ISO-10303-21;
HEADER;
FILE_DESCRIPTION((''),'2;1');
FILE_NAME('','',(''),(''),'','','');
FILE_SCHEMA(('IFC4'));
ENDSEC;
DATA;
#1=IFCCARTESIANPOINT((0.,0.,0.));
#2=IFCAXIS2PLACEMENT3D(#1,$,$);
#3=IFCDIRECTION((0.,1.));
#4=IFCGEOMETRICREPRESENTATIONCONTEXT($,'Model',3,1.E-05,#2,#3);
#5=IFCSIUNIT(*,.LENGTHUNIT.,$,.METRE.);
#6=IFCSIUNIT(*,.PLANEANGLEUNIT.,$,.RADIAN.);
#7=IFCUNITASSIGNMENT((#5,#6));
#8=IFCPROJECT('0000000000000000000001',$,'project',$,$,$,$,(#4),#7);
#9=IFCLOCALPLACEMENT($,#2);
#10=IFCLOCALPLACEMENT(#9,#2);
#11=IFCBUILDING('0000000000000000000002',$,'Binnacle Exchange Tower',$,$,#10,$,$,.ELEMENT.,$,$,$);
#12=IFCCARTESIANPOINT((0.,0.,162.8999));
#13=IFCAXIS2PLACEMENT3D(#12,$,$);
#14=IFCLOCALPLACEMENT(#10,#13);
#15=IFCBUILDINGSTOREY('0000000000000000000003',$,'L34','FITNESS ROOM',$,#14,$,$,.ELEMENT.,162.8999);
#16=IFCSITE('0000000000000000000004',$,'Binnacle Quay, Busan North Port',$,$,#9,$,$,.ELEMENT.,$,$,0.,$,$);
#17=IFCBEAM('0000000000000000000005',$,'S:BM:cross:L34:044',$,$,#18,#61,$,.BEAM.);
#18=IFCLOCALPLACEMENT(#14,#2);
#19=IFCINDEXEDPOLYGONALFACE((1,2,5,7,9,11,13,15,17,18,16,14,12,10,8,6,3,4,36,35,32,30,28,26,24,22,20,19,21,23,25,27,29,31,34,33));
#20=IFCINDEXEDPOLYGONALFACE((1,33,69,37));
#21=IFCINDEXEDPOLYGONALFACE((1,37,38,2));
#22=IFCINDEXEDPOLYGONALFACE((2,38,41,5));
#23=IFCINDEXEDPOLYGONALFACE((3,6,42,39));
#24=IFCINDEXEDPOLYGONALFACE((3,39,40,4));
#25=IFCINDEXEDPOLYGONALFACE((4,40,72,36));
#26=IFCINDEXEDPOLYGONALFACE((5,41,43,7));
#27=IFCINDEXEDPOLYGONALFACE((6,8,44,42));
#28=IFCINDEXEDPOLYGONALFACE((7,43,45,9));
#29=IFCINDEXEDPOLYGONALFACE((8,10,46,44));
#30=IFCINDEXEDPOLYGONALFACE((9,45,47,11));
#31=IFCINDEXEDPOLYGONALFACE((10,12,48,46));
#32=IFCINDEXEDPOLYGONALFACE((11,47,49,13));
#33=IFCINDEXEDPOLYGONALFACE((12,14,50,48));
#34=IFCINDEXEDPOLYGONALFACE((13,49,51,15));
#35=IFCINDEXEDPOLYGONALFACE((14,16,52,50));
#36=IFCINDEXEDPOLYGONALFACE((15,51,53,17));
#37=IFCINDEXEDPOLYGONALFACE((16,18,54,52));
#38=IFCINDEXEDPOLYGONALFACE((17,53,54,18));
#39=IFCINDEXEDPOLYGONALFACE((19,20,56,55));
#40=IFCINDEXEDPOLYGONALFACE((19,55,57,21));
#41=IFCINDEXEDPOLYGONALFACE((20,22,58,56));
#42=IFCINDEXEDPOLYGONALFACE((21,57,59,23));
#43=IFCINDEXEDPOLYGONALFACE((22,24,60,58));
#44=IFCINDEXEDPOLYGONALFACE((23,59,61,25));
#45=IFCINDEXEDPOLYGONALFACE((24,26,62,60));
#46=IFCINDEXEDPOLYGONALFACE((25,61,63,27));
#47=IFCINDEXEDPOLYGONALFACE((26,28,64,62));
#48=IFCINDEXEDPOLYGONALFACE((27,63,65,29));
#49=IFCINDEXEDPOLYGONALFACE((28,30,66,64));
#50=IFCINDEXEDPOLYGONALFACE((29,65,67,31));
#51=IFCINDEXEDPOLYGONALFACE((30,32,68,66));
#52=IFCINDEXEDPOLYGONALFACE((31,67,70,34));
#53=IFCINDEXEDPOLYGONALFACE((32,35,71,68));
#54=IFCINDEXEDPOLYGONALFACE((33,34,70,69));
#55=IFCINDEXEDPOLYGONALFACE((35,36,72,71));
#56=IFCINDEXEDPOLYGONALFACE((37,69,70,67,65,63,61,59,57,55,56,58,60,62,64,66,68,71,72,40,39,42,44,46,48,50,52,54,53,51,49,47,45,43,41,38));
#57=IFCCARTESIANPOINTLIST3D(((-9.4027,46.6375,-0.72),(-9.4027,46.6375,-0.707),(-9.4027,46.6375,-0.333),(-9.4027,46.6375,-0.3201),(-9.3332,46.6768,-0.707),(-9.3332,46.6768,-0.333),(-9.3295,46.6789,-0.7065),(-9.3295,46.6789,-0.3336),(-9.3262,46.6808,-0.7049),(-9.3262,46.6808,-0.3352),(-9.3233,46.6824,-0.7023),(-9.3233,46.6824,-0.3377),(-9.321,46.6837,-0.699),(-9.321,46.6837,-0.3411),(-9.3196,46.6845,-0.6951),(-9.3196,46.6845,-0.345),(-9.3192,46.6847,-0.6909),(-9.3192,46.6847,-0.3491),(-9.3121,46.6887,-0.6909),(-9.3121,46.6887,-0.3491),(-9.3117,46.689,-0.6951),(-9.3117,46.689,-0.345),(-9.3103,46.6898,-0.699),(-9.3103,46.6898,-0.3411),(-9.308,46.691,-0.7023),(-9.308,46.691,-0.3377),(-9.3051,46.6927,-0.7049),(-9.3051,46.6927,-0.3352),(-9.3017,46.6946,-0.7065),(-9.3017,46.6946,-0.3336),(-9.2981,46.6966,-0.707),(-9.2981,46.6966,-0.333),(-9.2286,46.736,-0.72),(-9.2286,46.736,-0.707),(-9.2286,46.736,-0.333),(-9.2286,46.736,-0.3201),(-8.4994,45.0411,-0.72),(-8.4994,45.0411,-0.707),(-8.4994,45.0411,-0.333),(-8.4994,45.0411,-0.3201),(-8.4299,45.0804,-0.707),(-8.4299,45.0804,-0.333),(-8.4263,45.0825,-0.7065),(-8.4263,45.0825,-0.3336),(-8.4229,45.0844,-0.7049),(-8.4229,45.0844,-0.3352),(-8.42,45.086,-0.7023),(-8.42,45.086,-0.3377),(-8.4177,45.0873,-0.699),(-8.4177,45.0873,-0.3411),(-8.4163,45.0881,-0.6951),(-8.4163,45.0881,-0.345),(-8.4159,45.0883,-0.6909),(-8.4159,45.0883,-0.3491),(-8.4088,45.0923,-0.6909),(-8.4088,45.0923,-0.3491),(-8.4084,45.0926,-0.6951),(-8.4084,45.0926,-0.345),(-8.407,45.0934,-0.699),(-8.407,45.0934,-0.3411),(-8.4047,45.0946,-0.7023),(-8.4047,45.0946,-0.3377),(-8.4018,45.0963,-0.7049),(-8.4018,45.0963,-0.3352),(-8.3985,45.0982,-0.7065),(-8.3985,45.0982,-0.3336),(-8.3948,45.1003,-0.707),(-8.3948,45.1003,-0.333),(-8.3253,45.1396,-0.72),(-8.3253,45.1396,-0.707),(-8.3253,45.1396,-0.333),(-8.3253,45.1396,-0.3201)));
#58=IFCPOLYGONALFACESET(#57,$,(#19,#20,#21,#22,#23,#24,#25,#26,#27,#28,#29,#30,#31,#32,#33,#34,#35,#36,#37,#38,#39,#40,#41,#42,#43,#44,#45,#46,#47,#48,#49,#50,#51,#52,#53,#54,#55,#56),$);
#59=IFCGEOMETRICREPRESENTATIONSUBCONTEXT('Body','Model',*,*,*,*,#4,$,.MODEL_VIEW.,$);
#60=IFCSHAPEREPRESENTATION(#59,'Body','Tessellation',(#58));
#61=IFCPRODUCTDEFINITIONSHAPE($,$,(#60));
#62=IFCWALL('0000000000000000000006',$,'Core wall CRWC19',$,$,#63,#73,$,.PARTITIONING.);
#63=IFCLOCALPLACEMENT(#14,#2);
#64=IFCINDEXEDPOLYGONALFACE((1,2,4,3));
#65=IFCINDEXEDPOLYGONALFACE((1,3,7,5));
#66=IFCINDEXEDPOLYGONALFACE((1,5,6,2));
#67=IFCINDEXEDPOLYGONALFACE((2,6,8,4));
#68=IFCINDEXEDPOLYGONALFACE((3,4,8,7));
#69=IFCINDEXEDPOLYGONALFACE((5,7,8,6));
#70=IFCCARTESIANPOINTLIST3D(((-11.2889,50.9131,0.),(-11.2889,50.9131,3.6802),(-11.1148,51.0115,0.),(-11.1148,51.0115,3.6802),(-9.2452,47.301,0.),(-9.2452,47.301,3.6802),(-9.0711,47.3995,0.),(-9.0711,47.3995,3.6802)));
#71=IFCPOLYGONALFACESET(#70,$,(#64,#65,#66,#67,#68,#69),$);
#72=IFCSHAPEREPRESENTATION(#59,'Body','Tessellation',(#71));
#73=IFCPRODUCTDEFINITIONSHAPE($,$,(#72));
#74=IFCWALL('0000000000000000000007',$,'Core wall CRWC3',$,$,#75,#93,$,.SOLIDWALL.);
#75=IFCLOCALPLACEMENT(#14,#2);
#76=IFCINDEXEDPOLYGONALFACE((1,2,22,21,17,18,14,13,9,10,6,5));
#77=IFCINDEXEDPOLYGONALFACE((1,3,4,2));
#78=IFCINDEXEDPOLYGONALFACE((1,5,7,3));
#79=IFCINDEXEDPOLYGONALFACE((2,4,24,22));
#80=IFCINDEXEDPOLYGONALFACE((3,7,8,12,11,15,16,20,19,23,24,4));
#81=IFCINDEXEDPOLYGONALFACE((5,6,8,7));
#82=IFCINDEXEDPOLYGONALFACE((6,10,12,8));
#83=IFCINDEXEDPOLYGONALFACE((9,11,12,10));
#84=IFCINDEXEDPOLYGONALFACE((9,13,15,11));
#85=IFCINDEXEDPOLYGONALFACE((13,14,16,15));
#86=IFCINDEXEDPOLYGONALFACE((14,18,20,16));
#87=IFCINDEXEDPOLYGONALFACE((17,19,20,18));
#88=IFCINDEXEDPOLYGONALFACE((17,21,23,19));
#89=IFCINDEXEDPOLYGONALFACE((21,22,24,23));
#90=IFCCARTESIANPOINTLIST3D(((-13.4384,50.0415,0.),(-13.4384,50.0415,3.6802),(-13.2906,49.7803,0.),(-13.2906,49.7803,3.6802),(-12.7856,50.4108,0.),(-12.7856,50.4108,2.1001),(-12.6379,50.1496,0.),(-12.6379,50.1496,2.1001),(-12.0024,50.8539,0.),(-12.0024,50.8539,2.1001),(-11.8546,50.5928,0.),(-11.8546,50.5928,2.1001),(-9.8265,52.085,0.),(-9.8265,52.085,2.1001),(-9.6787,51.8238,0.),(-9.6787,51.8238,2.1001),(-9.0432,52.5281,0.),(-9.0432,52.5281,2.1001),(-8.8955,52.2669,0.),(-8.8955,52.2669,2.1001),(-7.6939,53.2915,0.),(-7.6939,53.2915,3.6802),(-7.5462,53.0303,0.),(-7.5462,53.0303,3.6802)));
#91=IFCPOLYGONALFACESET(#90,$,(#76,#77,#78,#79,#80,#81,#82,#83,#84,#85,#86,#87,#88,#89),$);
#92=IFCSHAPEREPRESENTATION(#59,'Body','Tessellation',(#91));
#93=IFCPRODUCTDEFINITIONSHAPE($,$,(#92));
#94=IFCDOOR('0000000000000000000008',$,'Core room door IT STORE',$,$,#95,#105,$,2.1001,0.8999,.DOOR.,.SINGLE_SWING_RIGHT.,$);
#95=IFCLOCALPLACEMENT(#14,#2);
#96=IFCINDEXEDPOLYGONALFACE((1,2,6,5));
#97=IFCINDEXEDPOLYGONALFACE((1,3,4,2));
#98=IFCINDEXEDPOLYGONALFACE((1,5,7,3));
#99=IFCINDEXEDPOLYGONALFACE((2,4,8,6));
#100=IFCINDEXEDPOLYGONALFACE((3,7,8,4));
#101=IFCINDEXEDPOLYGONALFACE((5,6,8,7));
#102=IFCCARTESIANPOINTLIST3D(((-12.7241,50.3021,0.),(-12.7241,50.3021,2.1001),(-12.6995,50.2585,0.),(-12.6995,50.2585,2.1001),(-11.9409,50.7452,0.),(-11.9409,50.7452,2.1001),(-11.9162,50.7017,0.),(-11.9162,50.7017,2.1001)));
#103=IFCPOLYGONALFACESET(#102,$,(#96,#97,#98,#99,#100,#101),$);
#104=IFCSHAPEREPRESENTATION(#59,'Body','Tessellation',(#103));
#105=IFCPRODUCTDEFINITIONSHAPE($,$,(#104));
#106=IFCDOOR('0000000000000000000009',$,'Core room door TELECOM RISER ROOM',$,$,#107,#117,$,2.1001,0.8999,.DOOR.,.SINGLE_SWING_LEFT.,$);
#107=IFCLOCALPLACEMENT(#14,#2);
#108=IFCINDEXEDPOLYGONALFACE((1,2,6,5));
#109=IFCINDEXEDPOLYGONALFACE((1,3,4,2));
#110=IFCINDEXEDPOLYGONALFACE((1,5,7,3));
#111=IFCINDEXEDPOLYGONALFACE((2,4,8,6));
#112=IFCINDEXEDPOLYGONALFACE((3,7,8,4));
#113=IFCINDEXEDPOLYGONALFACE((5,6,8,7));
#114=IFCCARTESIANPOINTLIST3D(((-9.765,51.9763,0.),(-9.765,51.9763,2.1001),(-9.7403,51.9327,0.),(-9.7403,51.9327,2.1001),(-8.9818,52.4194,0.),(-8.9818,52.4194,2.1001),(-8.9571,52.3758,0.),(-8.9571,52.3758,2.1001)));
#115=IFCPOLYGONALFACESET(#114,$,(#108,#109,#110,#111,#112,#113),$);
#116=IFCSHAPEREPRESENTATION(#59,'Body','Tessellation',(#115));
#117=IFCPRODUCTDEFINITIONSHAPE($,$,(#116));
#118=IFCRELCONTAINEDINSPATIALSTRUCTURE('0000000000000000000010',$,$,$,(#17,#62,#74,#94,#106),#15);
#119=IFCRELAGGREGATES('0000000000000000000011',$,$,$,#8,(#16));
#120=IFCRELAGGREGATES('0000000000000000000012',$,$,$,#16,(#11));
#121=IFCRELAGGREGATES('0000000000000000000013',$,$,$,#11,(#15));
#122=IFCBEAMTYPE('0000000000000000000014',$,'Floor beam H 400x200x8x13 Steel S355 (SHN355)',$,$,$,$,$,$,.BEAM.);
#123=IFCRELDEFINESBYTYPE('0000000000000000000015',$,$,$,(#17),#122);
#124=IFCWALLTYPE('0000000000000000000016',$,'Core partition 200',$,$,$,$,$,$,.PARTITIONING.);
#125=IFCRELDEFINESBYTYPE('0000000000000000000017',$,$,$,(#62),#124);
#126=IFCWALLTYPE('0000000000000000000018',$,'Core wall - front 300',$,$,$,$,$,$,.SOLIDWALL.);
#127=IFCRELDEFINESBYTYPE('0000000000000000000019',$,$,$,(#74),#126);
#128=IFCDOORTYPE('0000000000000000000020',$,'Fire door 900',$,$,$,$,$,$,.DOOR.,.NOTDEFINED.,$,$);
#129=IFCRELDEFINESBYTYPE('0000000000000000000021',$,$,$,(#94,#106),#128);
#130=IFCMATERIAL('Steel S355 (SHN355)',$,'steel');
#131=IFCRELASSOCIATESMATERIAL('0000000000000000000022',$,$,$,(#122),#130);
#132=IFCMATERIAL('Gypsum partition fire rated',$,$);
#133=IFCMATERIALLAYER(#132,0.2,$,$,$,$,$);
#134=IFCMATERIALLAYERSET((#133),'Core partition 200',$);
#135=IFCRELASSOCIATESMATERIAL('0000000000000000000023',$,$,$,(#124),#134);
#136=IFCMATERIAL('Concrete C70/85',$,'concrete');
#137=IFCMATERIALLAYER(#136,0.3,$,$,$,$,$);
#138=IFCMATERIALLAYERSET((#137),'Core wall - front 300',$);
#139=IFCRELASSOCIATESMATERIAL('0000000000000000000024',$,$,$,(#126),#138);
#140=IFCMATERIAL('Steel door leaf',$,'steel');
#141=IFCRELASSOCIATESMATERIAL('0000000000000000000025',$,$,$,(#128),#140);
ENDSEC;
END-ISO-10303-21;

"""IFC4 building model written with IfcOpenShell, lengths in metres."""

from ifc_helpers import new_model, si_unit, direction, frame, frame_2d, origin, origin_2d, place, context, subcontext, project, spatial, rectangle, i_section, extrude, material, layer, layer_set, material_profile, profile_set, type_object, element, fill, save


model = new_model("IFC4")

# Units and contexts
model_context = context("Model", 3, precision=1e-05, world=origin(), true_north=direction((0.0, 1.0)))
body_context = subcontext(model_context, "Body", "Model", "MODEL_VIEW")
ifc_project = project(units=[si_unit("LENGTHUNIT", "METRE"), si_unit("PLANEANGLEUNIT", "RADIAN")], contexts=[model_context])

# Site, building, storey
site_placement = place(None, origin())
site = spatial("IfcSite", under=ifc_project, at=site_placement, Name="Binnacle Quay, Busan North Port", CompositionType="ELEMENT", RefElevation=0.0)
building_placement = place(site_placement, origin())
building = spatial("IfcBuilding", under=site, at=building_placement, Name="Binnacle Exchange Tower", CompositionType="ELEMENT")
storey_placement = place(building_placement, frame((0.0, 0.0, 162.8999)))
storey = spatial("IfcBuildingStorey", under=building, at=storey_placement, Name="L34", Description="FITNESS ROOM", CompositionType="ELEMENT", Elevation=162.8999)

# Beam
ifc_material_1 = material(Name="Steel S355 (SHN355)", Category="steel")
ifc_material_profile = material_profile(ifc_material_1, i_section(OverallWidth=0.2, OverallDepth=0.3999, WebThickness=0.0081, FlangeThickness=0.0129, FilletRadius=0.0161, at=origin_2d()), Name="H 400x200x8x13")
ifc_profile_set = profile_set([ifc_material_profile], Name="Steel S355 (SHN355)")
beam_type = type_object("IfcBeamType", Name="Floor beam H 400x200x8x13 Steel S355 (SHN355)", PredefinedType="BEAM", material=ifc_profile_set)
beam_placement = place(storey_placement, frame((-8.4124, 45.0903, -0.52), z_axis=(-0.492465, 0.870332, 0.0), x_axis=(-0.870332, -0.492465, 0.0)))
element("IfcBeam", 1, at=beam_placement, inside=storey, type_object=beam_type, Name="S:BM:cross:L34:044", PredefinedType="BEAM", context=body_context, shape_type="SweptSolid", body=[
    extrude(i_section(OverallWidth=0.2, OverallDepth=0.3999, WebThickness=0.0081, FlangeThickness=0.0129, FilletRadius=0.0161, at=origin_2d()), origin(), (0.0, 0.0, 1.0), 1.8342),
])

# Wall
ifc_material_2 = material(Name="Gypsum partition fire rated")
ifc_layer_1 = layer(ifc_material_2, 0.2)
ifc_layer_set_1 = layer_set([ifc_layer_1], Name="Core partition 200")
wall_type_1 = type_object("IfcWallType", Name="Core partition 200", PredefinedType="PARTITIONING", material=ifc_layer_set_1)
wall_1_placement = place(storey_placement, frame((-11.2019, 50.9624, 0.0), z_axis=(0.0, 0.0, 1.0), x_axis=(0.492441, -0.870346, 0.0)))
element("IfcWall", 2, at=wall_1_placement, inside=storey, type_object=wall_type_1, Name="Core wall CRWC19", PredefinedType="PARTITIONING", context=body_context, shape_type="SweptSolid", body=[
    extrude(rectangle(XDim=4.1501, YDim=0.2, at=frame_2d((2.0752, 0.0))), origin(), (0.0, 0.0, 1.0), 3.6802),
])

# Wall, openings, doors
ifc_material_3 = material(Name="Concrete C70/85", Category="concrete")
ifc_layer_2 = layer(ifc_material_3, 0.3)
ifc_layer_set_2 = layer_set([ifc_layer_2], Name="Core wall - front 300")
wall_type_2 = type_object("IfcWallType", Name="Core wall - front 300", PredefinedType="SOLIDWALL", material=ifc_layer_set_2)
wall_2_placement = place(storey_placement, frame((-13.3645, 49.9109, 0.0), z_axis=(0.0, 0.0, 1.0), x_axis=(0.870357, 0.492422, 0.0)))
wall_2 = element("IfcWall", 3, at=wall_2_placement, inside=storey, type_object=wall_type_2, Name="Core wall CRWC3", PredefinedType="SOLIDWALL", context=body_context, shape_type="SweptSolid", body=[
    extrude(rectangle(XDim=6.6001, YDim=0.3, at=frame_2d((3.3, 0.0))), origin(), (0.0, 0.0, 1.0), 3.6802),
])
opening_1_placement = place(wall_2_placement, frame((0.75, 0.0, 0.0)))
opening_1 = element("IfcOpeningElement", 4, at=opening_1_placement, cuts=wall_2, PredefinedType="OPENING", context=body_context, shape_type="SweptSolid", body=[
    extrude(rectangle(XDim=0.8999, YDim=2.1001, at=frame_2d((0.45, 1.05))), frame((0.0, 0.1599, 0.0), z_axis=(0.0, -1.0, 0.0), x_axis=(1.0, 0.0, 0.0)), (0.0, 0.0, 1.0), 0.3201),
])
opening_2_placement = place(wall_2_placement, frame((4.1499, 0.0, 0.0)))
opening_2 = element("IfcOpeningElement", 5, at=opening_2_placement, cuts=wall_2, PredefinedType="OPENING", context=body_context, shape_type="SweptSolid", body=[
    extrude(rectangle(XDim=0.8999, YDim=2.1001, at=frame_2d((0.45, 1.05))), frame((0.0, 0.1599, 0.0), z_axis=(0.0, -1.0, 0.0), x_axis=(1.0, 0.0, 0.0)), (0.0, 0.0, 1.0), 0.3201),
])
ifc_material_4 = material(Name="Steel door leaf", Category="steel")
door_type_1 = type_object("IfcDoorType", Name="Fire door 900", OperationType="NOTDEFINED", PredefinedType="DOOR", material=ifc_material_4)
door_1_placement = place(opening_1_placement, frame((0.8999, 0.0, 0.0), z_axis=(0.0, 0.0, 1.0), x_axis=(-1.0, 0.0, 0.0)))
door_1 = element("IfcDoor", 6, at=door_1_placement, inside=storey, type_object=door_type_1, Name="Core room door IT STORE", OperationType="SINGLE_SWING_RIGHT", OverallHeight=2.1001, OverallWidth=0.8999, PredefinedType="DOOR", context=body_context, shape_type="SweptSolid", body=[
    extrude(rectangle(XDim=0.8999, YDim=2.1001, at=frame_2d((0.45, 1.05))), frame((0.0, 0.0249, 0.0), z_axis=(0.0, -1.0, 0.0), x_axis=(1.0, 0.0, 0.0)), (0.0, 0.0, 1.0), 0.05),
])
fill(opening_1, door_1)
door_2_placement = place(opening_2_placement, frame((0.8999, 0.0, 0.0), z_axis=(0.0, 0.0, 1.0), x_axis=(-1.0, 0.0, 0.0)))
door_2 = element("IfcDoor", 7, at=door_2_placement, inside=storey, type_object=door_type_1, Name="Core room door TELECOM RISER ROOM", OperationType="SINGLE_SWING_LEFT", OverallHeight=2.1001, OverallWidth=0.8999, PredefinedType="DOOR", context=body_context, shape_type="SweptSolid", body=[
    extrude(rectangle(XDim=0.8999, YDim=2.1001, at=frame_2d((0.45, 1.05))), frame((0.0, 0.0249, 0.0), z_axis=(0.0, -1.0, 0.0), x_axis=(1.0, 0.0, 0.0)), (0.0, 0.0, 1.0), 0.05),
])
fill(opening_2, door_2)

save(model, "model.ifc")
